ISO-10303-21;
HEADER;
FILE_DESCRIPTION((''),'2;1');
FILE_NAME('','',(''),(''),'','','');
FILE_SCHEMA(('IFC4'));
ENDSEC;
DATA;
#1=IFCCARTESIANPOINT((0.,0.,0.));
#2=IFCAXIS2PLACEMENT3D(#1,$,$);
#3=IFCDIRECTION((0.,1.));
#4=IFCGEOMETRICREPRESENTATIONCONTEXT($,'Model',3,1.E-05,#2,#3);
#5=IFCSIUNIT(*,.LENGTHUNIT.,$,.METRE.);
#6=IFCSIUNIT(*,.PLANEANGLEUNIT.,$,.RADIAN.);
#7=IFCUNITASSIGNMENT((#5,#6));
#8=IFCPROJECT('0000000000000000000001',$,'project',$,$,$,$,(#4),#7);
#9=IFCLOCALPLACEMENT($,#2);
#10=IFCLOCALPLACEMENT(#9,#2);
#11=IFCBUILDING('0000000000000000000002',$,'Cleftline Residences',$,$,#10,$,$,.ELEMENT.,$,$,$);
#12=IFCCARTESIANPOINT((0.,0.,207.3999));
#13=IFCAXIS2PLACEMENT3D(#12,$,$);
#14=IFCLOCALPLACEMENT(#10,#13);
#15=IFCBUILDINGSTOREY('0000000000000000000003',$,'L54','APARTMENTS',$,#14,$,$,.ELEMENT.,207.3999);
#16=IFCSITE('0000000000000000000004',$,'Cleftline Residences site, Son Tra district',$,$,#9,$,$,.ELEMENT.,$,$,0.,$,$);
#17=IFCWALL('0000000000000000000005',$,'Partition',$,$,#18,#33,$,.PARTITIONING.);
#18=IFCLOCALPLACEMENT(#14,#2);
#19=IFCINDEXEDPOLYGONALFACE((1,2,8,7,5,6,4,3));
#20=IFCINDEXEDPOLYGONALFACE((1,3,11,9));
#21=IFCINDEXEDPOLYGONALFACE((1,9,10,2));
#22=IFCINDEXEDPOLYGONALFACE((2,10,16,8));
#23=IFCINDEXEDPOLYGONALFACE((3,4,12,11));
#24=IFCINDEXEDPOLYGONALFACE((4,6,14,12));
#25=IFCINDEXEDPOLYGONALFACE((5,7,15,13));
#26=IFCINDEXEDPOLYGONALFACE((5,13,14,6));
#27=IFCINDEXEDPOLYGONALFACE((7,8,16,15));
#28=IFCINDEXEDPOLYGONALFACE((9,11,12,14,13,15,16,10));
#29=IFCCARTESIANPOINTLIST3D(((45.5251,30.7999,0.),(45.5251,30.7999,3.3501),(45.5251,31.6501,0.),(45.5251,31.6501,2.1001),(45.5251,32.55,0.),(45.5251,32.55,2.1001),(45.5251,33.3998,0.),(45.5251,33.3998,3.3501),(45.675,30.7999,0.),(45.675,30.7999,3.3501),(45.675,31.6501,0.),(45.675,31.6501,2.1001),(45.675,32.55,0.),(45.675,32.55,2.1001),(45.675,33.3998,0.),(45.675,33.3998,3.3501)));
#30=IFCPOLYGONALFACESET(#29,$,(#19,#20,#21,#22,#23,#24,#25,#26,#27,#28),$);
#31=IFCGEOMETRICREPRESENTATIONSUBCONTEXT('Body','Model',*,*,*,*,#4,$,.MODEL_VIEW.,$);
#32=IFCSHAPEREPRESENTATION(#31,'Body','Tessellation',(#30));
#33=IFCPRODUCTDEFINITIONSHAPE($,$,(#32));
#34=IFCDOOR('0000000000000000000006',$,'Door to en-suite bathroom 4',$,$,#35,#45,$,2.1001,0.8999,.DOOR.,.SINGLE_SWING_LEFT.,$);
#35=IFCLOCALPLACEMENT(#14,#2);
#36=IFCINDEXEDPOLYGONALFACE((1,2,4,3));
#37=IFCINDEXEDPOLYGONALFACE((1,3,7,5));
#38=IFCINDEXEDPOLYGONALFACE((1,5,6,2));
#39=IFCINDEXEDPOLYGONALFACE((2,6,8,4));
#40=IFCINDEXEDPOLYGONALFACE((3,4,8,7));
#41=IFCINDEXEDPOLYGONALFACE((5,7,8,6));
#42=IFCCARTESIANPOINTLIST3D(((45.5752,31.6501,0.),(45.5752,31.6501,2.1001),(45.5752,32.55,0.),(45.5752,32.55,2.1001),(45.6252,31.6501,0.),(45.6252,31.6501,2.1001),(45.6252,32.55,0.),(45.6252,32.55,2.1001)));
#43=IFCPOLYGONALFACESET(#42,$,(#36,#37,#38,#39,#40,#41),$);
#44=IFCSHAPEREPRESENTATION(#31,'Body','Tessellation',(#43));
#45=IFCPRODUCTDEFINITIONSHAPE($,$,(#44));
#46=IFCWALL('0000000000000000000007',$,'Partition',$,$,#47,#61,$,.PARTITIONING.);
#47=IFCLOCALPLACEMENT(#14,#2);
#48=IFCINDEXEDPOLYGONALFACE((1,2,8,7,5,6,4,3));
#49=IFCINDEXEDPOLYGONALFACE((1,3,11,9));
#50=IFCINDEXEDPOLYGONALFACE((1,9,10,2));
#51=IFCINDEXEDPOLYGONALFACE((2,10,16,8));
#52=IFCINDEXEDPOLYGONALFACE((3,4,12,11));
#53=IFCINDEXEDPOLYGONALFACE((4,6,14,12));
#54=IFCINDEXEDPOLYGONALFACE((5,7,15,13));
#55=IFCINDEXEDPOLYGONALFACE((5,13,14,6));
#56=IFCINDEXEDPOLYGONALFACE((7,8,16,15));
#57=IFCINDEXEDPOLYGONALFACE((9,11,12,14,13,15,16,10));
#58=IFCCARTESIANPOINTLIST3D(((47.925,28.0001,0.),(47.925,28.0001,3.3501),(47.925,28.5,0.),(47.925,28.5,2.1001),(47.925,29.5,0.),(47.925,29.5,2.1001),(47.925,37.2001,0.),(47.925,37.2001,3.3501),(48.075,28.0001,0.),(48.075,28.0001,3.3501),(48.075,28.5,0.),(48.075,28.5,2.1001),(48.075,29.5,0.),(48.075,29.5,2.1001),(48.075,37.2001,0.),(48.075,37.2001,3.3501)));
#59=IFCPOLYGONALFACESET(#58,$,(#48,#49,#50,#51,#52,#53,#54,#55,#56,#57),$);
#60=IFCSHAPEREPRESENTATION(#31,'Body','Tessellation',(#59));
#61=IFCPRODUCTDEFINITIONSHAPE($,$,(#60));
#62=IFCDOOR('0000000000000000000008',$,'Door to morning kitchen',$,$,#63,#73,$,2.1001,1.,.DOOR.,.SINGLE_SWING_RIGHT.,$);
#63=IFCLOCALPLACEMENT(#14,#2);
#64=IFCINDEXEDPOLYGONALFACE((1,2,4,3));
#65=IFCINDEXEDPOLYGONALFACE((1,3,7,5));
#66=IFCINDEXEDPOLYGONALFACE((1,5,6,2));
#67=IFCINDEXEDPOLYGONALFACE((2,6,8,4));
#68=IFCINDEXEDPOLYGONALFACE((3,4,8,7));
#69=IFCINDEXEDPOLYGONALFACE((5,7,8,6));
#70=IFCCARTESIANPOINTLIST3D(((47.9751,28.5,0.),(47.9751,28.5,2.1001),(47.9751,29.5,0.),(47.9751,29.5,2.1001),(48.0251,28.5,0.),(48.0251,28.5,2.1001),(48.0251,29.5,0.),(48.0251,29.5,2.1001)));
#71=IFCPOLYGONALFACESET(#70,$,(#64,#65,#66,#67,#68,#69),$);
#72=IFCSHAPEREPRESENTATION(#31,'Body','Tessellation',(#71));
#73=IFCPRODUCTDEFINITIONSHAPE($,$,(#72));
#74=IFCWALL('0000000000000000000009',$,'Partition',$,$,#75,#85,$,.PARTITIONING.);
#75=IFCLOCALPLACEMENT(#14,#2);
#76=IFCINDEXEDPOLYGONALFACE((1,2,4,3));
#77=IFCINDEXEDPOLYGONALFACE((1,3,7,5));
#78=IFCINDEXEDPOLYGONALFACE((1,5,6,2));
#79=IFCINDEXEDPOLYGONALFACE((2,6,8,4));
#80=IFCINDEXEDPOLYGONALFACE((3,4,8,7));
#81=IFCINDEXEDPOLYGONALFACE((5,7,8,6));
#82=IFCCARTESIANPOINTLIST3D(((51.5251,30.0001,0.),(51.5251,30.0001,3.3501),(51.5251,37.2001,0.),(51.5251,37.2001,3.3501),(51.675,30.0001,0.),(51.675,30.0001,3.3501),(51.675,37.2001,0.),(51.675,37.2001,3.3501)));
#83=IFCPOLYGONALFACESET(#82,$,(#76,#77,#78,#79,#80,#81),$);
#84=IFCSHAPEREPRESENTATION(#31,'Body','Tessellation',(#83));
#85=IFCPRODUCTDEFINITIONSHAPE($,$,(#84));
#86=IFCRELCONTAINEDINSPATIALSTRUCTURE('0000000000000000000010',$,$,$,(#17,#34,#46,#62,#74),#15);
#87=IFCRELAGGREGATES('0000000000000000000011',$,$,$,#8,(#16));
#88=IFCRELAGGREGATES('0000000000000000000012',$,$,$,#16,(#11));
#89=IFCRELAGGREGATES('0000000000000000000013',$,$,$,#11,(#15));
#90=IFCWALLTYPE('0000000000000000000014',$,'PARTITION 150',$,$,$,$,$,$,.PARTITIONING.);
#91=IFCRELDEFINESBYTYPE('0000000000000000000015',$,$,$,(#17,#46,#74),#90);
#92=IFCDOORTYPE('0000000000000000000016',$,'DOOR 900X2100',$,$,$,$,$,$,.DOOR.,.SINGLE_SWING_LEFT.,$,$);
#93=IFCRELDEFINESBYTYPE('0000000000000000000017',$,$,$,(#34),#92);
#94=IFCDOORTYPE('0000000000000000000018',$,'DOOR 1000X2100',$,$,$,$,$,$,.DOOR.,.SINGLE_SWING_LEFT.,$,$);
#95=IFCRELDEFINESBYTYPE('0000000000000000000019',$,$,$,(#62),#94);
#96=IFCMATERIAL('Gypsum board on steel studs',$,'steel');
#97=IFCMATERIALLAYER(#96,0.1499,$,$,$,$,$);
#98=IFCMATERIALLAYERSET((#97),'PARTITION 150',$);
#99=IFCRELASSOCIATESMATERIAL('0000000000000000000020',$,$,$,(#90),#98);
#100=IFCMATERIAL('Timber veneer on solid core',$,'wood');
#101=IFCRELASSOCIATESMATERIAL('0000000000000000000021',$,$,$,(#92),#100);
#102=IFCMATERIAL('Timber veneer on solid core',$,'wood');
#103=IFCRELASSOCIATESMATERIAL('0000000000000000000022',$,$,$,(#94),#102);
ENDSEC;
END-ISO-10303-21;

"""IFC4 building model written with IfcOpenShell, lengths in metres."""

from ifc_helpers import new_model, si_unit, direction, frame, frame_2d, origin, place, context, subcontext, project, spatial, rectangle, extrude, material, layer, layer_set, type_object, element, fill, save


model = new_model("IFC4")

# Units and contexts
model_context = context("Model", 3, precision=1e-05, world=origin(), true_north=direction((0.0, 1.0)))
body_context = subcontext(model_context, "Body", "Model", "MODEL_VIEW")
ifc_project = project(units=[si_unit("LENGTHUNIT", "METRE"), si_unit("PLANEANGLEUNIT", "RADIAN")], contexts=[model_context])

# Site, building, storey
site_placement = place(None, origin())
site = spatial("IfcSite", under=ifc_project, at=site_placement, Name="Cleftline Residences site, Son Tra district", CompositionType="ELEMENT", RefElevation=0.0)
building_placement = place(site_placement, origin())
building = spatial("IfcBuilding", under=site, at=building_placement, Name="Cleftline Residences", CompositionType="ELEMENT")
storey_placement = place(building_placement, frame((0.0, 0.0, 207.3999)))
storey = spatial("IfcBuildingStorey", under=building, at=storey_placement, Name="L54", Description="APARTMENTS", CompositionType="ELEMENT", Elevation=207.3999)

# Shared definitions
ifc_material_1 = material(Name="Gypsum board on steel studs", Category="steel")
ifc_layer_1 = layer(ifc_material_1, 0.1499)
ifc_layer_set_1 = layer_set([ifc_layer_1], Name="PARTITION 150")
wall_type_1 = type_object("IfcWallType", Name="PARTITION 150", PredefinedType="PARTITIONING", material=ifc_layer_set_1)
ifc_material_2 = material(Name="Timber veneer on solid core", Category="wood")
door_type_1 = type_object("IfcDoorType", Name="DOOR 900X2100", OperationType="SINGLE_SWING_LEFT", PredefinedType="DOOR", material=ifc_material_2)
ifc_material_3 = material(Name="Timber veneer on solid core", Category="wood")
door_type_2 = type_object("IfcDoorType", Name="DOOR 1000X2100", OperationType="SINGLE_SWING_LEFT", PredefinedType="DOOR", material=ifc_material_3)

# Walls, openings, doors
wall_1_placement = place(storey_placement, frame((45.6001, 30.8, 0.0), z_axis=(0.0, 0.0, 1.0), x_axis=(0.0, 1.0, 0.0)))
wall_1 = element("IfcWall", 1, at=wall_1_placement, inside=storey, type_object=wall_type_1, Name="Partition", PredefinedType="PARTITIONING", context=body_context, shape_type="SweptSolid", body=[
    extrude(rectangle(XDim=2.5999, YDim=0.1499, at=frame_2d((1.2998, 0.0))), origin(), (0.0, 0.0, 1.0), 3.3501),
])
opening_1_placement = place(wall_1_placement, frame((0.8501, 0.0, 0.0)))
opening_1 = element("IfcOpeningElement", 2, at=opening_1_placement, cuts=wall_1, PredefinedType="OPENING", context=body_context, shape_type="SweptSolid", body=[
    extrude(rectangle(XDim=0.8999, YDim=2.1001, at=frame_2d((0.45, 1.05))), frame((0.0, 0.085, 0.0), z_axis=(0.0, -1.0, 0.0), x_axis=(1.0, 0.0, 0.0)), (0.0, 0.0, 1.0), 0.1699),
])
door_1_placement = place(opening_1_placement, origin())
door_1 = element("IfcDoor", 3, at=door_1_placement, inside=storey, type_object=door_type_1, Name="Door to en-suite bathroom 4", OperationType="SINGLE_SWING_LEFT", OverallHeight=2.1001, OverallWidth=0.8999, PredefinedType="DOOR", context=body_context, shape_type="SweptSolid", body=[
    extrude(rectangle(XDim=0.8999, YDim=2.1001, at=frame_2d((0.45, 1.05))), frame((0.0, 0.0249, 0.0), z_axis=(0.0, -1.0, 0.0), x_axis=(1.0, 0.0, 0.0)), (0.0, 0.0, 1.0), 0.05),
])
fill(opening_1, door_1)
wall_2_placement = place(storey_placement, frame((48.0, 28.0, 0.0), z_axis=(0.0, 0.0, 1.0), x_axis=(0.0, 1.0, 0.0)))
wall_2 = element("IfcWall", 4, at=wall_2_placement, inside=storey, type_object=wall_type_1, Name="Partition", PredefinedType="PARTITIONING", context=body_context, shape_type="SweptSolid", body=[
    extrude(rectangle(XDim=9.2, YDim=0.1499, at=frame_2d((4.6001, 0.0))), origin(), (0.0, 0.0, 1.0), 3.3501),
])
opening_2_placement = place(wall_2_placement, frame((0.5, 0.0, 0.0)))
opening_2 = element("IfcOpeningElement", 5, at=opening_2_placement, cuts=wall_2, PredefinedType="OPENING", context=body_context, shape_type="SweptSolid", body=[
    extrude(rectangle(XDim=1.0, YDim=2.1001, at=frame_2d((0.5, 1.05))), frame((0.0, 0.085, 0.0), z_axis=(0.0, -1.0, 0.0), x_axis=(1.0, 0.0, 0.0)), (0.0, 0.0, 1.0), 0.1699),
])
door_2_placement = place(opening_2_placement, origin())
door_2 = element("IfcDoor", 6, at=door_2_placement, inside=storey, type_object=door_type_2, Name="Door to morning kitchen", OperationType="SINGLE_SWING_RIGHT", OverallHeight=2.1001, OverallWidth=1.0, PredefinedType="DOOR", context=body_context, shape_type="SweptSolid", body=[
    extrude(rectangle(XDim=1.0, YDim=2.1001, at=frame_2d((0.5, 1.05))), frame((0.0, 0.0249, 0.0), z_axis=(0.0, -1.0, 0.0), x_axis=(1.0, 0.0, 0.0)), (0.0, 0.0, 1.0), 0.05),
])
fill(opening_2, door_2)

# Wall
wall_3_placement = place(storey_placement, frame((51.6001, 30.0, 0.0), z_axis=(0.0, 0.0, 1.0), x_axis=(0.0, 1.0, 0.0)))
element("IfcWall", 7, at=wall_3_placement, inside=storey, type_object=wall_type_1, Name="Partition", PredefinedType="PARTITIONING", context=body_context, shape_type="SweptSolid", body=[
    extrude(rectangle(XDim=7.2, YDim=0.1499, at=frame_2d((3.6001, 0.0))), origin(), (0.0, 0.0, 1.0), 3.3501),
])

save(model, "model.ifc")
